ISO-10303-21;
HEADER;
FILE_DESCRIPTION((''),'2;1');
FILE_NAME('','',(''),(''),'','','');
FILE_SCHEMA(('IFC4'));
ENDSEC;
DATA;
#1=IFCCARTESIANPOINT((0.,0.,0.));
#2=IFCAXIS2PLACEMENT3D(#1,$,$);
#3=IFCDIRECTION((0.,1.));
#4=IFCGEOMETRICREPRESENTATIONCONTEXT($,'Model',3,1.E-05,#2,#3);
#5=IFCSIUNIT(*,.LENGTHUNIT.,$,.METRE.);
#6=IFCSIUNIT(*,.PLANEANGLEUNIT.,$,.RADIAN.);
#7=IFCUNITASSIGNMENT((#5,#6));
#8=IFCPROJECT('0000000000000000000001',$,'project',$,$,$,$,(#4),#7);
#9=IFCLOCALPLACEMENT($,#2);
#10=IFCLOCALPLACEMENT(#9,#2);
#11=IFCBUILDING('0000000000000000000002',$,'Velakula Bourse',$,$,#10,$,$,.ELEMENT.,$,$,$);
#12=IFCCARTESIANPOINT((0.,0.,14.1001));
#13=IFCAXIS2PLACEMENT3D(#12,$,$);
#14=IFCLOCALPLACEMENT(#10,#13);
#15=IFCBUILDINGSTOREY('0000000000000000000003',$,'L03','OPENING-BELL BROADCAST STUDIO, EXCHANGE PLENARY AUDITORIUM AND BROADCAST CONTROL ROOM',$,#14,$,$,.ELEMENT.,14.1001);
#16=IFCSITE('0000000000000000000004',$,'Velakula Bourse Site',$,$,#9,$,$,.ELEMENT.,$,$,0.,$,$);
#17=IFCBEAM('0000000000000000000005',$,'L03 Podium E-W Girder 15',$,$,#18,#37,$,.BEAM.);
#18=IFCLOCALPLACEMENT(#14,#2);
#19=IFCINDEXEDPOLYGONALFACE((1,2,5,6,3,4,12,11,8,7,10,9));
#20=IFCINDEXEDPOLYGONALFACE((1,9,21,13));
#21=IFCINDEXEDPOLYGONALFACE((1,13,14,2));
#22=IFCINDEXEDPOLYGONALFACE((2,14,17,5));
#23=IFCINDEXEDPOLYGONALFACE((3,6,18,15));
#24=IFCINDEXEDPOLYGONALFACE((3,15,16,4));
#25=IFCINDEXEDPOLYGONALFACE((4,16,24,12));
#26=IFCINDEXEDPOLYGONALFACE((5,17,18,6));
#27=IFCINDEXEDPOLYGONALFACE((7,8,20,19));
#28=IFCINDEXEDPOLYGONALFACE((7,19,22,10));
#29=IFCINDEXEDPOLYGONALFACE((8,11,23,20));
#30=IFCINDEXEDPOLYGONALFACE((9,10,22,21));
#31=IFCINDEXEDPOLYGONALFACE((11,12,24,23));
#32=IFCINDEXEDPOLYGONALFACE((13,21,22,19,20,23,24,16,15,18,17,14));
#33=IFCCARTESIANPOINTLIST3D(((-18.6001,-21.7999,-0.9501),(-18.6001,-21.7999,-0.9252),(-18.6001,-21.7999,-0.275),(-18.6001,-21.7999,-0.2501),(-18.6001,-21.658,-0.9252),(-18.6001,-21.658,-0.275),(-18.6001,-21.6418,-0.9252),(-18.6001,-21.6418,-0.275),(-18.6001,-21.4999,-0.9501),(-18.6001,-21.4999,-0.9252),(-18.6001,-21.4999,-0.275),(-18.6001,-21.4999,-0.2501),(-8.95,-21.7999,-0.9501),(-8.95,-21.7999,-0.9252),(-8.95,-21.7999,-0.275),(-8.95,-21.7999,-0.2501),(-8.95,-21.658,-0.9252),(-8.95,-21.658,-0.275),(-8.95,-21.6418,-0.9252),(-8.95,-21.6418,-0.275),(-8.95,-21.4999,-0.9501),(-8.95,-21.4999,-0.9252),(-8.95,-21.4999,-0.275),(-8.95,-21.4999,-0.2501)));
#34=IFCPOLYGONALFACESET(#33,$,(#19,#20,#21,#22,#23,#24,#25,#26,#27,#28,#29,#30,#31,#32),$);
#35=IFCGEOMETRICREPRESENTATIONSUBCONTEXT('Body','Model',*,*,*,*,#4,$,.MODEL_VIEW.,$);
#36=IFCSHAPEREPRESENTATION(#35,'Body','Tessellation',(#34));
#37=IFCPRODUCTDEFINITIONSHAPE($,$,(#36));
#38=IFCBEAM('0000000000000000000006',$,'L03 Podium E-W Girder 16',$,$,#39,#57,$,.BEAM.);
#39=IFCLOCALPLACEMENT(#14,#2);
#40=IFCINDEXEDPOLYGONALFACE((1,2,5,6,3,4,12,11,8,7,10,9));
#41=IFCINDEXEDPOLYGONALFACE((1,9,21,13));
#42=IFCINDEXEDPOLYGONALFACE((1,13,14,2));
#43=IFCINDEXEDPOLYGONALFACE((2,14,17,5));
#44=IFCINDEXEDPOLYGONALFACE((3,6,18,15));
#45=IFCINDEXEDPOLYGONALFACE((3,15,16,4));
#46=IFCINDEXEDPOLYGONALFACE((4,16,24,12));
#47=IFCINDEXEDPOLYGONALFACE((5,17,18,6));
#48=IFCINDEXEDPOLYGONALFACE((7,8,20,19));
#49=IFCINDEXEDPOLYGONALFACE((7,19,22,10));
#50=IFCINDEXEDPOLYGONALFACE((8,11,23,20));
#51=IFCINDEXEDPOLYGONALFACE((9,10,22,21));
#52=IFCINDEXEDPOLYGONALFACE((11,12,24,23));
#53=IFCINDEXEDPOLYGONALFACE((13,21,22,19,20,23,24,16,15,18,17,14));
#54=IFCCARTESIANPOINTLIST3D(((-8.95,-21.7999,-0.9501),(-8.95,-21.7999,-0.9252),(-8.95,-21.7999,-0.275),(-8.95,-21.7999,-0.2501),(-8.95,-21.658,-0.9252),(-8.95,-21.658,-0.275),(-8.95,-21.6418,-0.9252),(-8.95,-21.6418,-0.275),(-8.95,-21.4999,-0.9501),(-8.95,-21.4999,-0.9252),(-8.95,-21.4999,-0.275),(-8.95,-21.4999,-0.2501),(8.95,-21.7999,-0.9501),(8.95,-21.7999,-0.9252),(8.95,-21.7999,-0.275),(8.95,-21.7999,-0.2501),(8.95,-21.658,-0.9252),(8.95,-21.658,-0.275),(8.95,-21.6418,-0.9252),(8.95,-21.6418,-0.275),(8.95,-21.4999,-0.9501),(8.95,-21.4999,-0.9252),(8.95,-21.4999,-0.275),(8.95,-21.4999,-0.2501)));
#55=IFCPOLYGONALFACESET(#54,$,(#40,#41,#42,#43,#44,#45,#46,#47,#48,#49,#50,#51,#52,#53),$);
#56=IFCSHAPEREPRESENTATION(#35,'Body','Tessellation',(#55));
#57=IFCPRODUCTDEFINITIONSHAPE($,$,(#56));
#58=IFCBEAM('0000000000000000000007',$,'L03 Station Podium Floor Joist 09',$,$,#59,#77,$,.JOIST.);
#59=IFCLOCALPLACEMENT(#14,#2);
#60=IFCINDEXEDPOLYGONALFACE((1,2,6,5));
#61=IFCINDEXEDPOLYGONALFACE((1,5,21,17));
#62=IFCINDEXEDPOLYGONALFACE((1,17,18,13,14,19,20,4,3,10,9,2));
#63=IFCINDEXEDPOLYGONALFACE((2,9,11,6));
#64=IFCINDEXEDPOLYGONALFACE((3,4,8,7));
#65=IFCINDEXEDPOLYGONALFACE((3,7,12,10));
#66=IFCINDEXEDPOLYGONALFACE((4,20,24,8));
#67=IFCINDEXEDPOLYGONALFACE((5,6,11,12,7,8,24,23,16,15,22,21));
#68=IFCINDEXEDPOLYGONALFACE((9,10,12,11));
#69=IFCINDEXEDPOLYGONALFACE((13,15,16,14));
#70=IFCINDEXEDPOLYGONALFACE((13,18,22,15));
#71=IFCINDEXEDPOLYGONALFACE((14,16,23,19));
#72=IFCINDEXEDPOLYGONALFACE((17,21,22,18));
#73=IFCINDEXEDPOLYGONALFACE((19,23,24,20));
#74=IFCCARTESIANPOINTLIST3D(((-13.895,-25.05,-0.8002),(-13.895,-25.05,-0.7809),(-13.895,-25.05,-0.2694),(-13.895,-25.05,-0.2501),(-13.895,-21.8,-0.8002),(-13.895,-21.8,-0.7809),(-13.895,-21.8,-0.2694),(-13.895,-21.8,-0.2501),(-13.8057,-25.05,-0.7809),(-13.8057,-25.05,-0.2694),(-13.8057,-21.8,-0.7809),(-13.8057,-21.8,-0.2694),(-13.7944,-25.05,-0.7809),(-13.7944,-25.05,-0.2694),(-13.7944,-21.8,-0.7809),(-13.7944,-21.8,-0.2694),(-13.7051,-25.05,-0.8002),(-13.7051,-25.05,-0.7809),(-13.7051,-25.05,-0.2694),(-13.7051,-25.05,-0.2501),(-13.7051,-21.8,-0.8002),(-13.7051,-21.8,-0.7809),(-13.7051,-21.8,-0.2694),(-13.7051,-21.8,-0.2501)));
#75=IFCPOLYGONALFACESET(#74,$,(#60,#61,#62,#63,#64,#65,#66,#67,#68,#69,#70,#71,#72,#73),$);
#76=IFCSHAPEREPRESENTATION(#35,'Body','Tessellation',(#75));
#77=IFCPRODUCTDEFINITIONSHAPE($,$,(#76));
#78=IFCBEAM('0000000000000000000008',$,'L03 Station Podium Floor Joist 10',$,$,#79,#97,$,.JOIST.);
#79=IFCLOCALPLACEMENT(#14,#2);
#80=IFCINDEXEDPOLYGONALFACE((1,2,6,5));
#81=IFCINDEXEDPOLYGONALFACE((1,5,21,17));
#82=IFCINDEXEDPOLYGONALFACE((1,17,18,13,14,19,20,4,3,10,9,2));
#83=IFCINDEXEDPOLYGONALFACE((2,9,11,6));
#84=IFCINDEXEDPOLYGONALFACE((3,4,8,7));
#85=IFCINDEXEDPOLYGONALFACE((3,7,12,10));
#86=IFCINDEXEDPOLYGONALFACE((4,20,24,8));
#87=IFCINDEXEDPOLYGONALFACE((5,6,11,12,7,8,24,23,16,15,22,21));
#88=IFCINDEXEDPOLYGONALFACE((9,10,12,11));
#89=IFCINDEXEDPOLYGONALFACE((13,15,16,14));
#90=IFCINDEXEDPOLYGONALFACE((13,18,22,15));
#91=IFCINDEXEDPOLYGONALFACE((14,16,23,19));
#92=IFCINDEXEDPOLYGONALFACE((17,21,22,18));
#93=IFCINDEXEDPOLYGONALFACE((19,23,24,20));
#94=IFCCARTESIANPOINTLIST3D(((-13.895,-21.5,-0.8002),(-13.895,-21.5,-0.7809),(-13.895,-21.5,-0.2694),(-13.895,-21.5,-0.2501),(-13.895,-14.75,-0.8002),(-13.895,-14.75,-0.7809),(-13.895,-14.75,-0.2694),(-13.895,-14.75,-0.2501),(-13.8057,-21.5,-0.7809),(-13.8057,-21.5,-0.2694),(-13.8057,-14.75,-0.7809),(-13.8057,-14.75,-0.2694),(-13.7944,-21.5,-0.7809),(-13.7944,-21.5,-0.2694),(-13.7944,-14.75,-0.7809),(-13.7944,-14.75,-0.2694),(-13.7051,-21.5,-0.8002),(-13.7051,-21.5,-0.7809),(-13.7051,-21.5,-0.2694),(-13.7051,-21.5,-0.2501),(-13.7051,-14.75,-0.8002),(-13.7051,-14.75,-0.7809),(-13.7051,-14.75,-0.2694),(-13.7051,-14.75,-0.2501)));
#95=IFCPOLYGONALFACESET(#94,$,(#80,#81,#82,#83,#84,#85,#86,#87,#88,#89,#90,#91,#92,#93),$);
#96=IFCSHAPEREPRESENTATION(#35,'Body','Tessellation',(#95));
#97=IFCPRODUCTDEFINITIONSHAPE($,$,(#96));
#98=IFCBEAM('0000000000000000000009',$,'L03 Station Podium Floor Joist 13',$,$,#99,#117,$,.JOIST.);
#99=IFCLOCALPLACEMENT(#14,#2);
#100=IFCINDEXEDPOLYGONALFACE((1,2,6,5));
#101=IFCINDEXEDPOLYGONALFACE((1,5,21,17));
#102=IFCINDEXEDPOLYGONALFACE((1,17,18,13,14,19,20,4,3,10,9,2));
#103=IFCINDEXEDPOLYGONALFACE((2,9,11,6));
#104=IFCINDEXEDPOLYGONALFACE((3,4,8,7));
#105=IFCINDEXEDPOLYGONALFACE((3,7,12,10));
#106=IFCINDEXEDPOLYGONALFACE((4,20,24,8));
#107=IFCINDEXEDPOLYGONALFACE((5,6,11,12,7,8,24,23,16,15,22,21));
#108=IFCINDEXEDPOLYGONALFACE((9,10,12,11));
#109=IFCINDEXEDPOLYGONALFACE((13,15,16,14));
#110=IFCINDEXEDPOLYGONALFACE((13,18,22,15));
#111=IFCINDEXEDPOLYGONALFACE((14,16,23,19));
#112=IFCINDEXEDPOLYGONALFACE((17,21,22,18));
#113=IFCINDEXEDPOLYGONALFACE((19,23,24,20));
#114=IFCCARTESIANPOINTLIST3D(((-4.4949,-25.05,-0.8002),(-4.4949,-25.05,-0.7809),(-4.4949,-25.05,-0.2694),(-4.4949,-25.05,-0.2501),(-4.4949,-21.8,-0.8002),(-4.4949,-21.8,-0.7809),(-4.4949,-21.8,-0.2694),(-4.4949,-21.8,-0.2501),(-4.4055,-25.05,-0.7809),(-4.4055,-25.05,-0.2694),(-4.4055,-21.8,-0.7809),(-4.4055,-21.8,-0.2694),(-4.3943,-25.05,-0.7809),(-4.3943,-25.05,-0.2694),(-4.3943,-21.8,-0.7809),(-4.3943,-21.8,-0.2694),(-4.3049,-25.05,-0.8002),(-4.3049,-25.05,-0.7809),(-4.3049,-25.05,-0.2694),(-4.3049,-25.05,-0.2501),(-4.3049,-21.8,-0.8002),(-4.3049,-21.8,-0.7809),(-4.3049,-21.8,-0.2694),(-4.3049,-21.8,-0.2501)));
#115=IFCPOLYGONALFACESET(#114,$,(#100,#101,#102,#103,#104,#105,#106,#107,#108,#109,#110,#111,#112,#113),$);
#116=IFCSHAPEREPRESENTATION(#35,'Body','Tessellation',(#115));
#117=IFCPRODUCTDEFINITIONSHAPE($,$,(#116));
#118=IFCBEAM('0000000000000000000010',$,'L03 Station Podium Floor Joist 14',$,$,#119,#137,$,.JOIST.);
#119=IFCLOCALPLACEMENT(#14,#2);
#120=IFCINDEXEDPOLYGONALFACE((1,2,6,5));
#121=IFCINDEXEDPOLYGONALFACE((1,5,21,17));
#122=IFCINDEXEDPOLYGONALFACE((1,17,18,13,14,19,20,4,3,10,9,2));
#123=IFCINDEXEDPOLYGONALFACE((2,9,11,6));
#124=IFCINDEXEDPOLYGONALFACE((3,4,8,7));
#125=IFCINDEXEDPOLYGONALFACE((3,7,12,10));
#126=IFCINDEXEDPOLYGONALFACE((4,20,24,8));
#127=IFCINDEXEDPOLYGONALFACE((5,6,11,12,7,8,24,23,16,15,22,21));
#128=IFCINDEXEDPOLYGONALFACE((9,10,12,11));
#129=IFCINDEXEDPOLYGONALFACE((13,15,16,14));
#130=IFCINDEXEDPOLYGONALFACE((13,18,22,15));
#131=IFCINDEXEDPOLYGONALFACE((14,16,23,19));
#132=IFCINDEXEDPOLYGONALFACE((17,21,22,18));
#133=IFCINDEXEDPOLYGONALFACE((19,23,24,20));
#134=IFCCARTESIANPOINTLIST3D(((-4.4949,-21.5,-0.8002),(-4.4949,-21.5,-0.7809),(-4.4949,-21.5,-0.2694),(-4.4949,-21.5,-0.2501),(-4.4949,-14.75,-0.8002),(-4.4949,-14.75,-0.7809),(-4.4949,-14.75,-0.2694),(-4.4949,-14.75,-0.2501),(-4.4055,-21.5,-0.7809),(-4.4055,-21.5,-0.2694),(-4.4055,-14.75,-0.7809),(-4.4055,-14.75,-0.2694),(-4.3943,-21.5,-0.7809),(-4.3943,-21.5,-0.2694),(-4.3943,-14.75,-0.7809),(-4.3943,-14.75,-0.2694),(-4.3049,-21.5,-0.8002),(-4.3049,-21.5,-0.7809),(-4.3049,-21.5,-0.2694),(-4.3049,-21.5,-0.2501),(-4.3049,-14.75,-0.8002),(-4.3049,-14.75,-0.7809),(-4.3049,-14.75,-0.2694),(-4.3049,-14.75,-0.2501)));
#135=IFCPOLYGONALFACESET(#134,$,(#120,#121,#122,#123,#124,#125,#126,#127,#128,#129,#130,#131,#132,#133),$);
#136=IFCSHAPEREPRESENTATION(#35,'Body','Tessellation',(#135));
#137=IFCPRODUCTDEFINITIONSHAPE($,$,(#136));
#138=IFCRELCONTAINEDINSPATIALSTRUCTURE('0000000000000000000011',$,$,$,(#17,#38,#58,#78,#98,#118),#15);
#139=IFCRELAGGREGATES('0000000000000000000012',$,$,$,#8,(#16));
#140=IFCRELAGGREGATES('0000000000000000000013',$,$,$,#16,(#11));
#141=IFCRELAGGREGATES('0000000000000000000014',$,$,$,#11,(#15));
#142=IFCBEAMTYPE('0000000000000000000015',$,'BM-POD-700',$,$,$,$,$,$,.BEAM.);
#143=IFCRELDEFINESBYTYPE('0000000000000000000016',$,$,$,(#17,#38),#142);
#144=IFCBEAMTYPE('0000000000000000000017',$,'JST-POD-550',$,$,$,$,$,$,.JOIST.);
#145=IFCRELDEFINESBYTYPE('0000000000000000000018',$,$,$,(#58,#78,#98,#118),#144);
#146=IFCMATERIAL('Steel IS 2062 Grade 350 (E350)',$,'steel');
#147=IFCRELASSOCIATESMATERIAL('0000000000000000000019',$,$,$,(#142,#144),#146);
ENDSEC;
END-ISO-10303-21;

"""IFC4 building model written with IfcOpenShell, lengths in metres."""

from ifc_helpers import new_model, si_unit, direction, frame, origin, origin_2d, place, context, subcontext, project, spatial, i_section, extrude, material, material_profile, profile_set, type_object, element, save


model = new_model("IFC4")

# Units and contexts
model_context = context("Model", 3, precision=1e-05, world=origin(), true_north=direction((0.0, 1.0)))
body_context = subcontext(model_context, "Body", "Model", "MODEL_VIEW")
ifc_project = project(units=[si_unit("LENGTHUNIT", "METRE"), si_unit("PLANEANGLEUNIT", "RADIAN")], contexts=[model_context])

# Site, building, storey
site_placement = place(None, origin())
site = spatial("IfcSite", under=ifc_project, at=site_placement, Name="Velakula Bourse Site", CompositionType="ELEMENT", RefElevation=0.0)
building_placement = place(site_placement, origin())
building = spatial("IfcBuilding", under=site, at=building_placement, Name="Velakula Bourse", CompositionType="ELEMENT")
storey_placement = place(building_placement, frame((0.0, 0.0, 14.1001)))
storey = spatial("IfcBuildingStorey", under=building, at=storey_placement, Name="L03", Description="OPENING-BELL BROADCAST STUDIO, EXCHANGE PLENARY AUDITORIUM AND BROADCAST CONTROL ROOM", CompositionType="ELEMENT", Elevation=14.1001)

# Beams
ifc_material_1 = material(Name="Steel IS 2062 Grade 350 (E350)", Category="steel")
ifc_material_profile_1 = material_profile(ifc_material_1, i_section(OverallWidth=0.3, OverallDepth=0.7, WebThickness=0.0161, FlangeThickness=0.0249, at=origin_2d()), Name="Steel IS 2062 Grade 350 (E350)")
ifc_profile_set_1 = profile_set([ifc_material_profile_1], Name="Steel IS 2062 Grade 350 (E350)")
beam_type_1 = type_object("IfcBeamType", Name="BM-POD-700", PredefinedType="BEAM", material=ifc_profile_set_1)
beam_1_placement = place(storey_placement, frame((-18.6001, -21.6499, -0.6001), z_axis=(1.0, 0.0, 0.0), x_axis=(0.0, 1.0, 0.0)))
element("IfcBeam", 1, at=beam_1_placement, inside=storey, type_object=beam_type_1, Name="L03 Podium E-W Girder 15", PredefinedType="BEAM", context=body_context, shape_type="SweptSolid", body=[
    extrude(i_section(OverallWidth=0.3, OverallDepth=0.7, WebThickness=0.0161, FlangeThickness=0.0249, at=origin_2d()), origin(), (0.0, 0.0, 1.0), 9.6501),
])
beam_2_placement = place(storey_placement, frame((-8.95, -21.6499, -0.6001), z_axis=(1.0, 0.0, 0.0), x_axis=(0.0, 1.0, 0.0)))
element("IfcBeam", 2, at=beam_2_placement, inside=storey, type_object=beam_type_1, Name="L03 Podium E-W Girder 16", PredefinedType="BEAM", context=body_context, shape_type="SweptSolid", body=[
    extrude(i_section(OverallWidth=0.3, OverallDepth=0.7, WebThickness=0.0161, FlangeThickness=0.0249, at=origin_2d()), origin(), (0.0, 0.0, 1.0), 17.8999),
])
ifc_material_profile_2 = material_profile(ifc_material_1, i_section(OverallWidth=0.1899, OverallDepth=0.55, WebThickness=0.0112, FlangeThickness=0.0193, at=origin_2d()), Name="Steel IS 2062 Grade 350 (E350)")
ifc_profile_set_2 = profile_set([ifc_material_profile_2], Name="Steel IS 2062 Grade 350 (E350)")
beam_type_2 = type_object("IfcBeamType", Name="JST-POD-550", PredefinedType="JOIST", material=ifc_profile_set_2)
beam_3_placement = place(storey_placement, frame((-13.8, -25.05, -0.5251), z_axis=(0.0, 1.0, 0.0), x_axis=(-1.0, 0.0, 0.0)))
element("IfcBeam", 3, at=beam_3_placement, inside=storey, type_object=beam_type_2, Name="L03 Station Podium Floor Joist 09", PredefinedType="JOIST", context=body_context, shape_type="SweptSolid", body=[
    extrude(i_section(OverallWidth=0.1899, OverallDepth=0.55, WebThickness=0.0112, FlangeThickness=0.0193, at=origin_2d()), origin(), (0.0, 0.0, 1.0), 3.25),
])
beam_4_placement = place(storey_placement, frame((-13.8, -21.5, -0.5251), z_axis=(0.0, 1.0, 0.0), x_axis=(-1.0, 0.0, 0.0)))
element("IfcBeam", 4, at=beam_4_placement, inside=storey, type_object=beam_type_2, Name="L03 Station Podium Floor Joist 10", PredefinedType="JOIST", context=body_context, shape_type="SweptSolid", body=[
    extrude(i_section(OverallWidth=0.1899, OverallDepth=0.55, WebThickness=0.0112, FlangeThickness=0.0193, at=origin_2d()), origin(), (0.0, 0.0, 1.0), 6.75),
])
beam_5_placement = place(storey_placement, frame((-4.3999, -25.05, -0.5251), z_axis=(0.0, 1.0, 0.0), x_axis=(-1.0, 0.0, 0.0)))
element("IfcBeam", 5, at=beam_5_placement, inside=storey, type_object=beam_type_2, Name="L03 Station Podium Floor Joist 13", PredefinedType="JOIST", context=body_context, shape_type="SweptSolid", body=[
    extrude(i_section(OverallWidth=0.1899, OverallDepth=0.55, WebThickness=0.0112, FlangeThickness=0.0193, at=origin_2d()), origin(), (0.0, 0.0, 1.0), 3.25),
])
beam_6_placement = place(storey_placement, frame((-4.3999, -21.5, -0.5251), z_axis=(0.0, 1.0, 0.0), x_axis=(-1.0, 0.0, 0.0)))
element("IfcBeam", 6, at=beam_6_placement, inside=storey, type_object=beam_type_2, Name="L03 Station Podium Floor Joist 14", PredefinedType="JOIST", context=body_context, shape_type="SweptSolid", body=[
    extrude(i_section(OverallWidth=0.1899, OverallDepth=0.55, WebThickness=0.0112, FlangeThickness=0.0193, at=origin_2d()), origin(), (0.0, 0.0, 1.0), 6.75),
])

save(model, "model.ifc")
